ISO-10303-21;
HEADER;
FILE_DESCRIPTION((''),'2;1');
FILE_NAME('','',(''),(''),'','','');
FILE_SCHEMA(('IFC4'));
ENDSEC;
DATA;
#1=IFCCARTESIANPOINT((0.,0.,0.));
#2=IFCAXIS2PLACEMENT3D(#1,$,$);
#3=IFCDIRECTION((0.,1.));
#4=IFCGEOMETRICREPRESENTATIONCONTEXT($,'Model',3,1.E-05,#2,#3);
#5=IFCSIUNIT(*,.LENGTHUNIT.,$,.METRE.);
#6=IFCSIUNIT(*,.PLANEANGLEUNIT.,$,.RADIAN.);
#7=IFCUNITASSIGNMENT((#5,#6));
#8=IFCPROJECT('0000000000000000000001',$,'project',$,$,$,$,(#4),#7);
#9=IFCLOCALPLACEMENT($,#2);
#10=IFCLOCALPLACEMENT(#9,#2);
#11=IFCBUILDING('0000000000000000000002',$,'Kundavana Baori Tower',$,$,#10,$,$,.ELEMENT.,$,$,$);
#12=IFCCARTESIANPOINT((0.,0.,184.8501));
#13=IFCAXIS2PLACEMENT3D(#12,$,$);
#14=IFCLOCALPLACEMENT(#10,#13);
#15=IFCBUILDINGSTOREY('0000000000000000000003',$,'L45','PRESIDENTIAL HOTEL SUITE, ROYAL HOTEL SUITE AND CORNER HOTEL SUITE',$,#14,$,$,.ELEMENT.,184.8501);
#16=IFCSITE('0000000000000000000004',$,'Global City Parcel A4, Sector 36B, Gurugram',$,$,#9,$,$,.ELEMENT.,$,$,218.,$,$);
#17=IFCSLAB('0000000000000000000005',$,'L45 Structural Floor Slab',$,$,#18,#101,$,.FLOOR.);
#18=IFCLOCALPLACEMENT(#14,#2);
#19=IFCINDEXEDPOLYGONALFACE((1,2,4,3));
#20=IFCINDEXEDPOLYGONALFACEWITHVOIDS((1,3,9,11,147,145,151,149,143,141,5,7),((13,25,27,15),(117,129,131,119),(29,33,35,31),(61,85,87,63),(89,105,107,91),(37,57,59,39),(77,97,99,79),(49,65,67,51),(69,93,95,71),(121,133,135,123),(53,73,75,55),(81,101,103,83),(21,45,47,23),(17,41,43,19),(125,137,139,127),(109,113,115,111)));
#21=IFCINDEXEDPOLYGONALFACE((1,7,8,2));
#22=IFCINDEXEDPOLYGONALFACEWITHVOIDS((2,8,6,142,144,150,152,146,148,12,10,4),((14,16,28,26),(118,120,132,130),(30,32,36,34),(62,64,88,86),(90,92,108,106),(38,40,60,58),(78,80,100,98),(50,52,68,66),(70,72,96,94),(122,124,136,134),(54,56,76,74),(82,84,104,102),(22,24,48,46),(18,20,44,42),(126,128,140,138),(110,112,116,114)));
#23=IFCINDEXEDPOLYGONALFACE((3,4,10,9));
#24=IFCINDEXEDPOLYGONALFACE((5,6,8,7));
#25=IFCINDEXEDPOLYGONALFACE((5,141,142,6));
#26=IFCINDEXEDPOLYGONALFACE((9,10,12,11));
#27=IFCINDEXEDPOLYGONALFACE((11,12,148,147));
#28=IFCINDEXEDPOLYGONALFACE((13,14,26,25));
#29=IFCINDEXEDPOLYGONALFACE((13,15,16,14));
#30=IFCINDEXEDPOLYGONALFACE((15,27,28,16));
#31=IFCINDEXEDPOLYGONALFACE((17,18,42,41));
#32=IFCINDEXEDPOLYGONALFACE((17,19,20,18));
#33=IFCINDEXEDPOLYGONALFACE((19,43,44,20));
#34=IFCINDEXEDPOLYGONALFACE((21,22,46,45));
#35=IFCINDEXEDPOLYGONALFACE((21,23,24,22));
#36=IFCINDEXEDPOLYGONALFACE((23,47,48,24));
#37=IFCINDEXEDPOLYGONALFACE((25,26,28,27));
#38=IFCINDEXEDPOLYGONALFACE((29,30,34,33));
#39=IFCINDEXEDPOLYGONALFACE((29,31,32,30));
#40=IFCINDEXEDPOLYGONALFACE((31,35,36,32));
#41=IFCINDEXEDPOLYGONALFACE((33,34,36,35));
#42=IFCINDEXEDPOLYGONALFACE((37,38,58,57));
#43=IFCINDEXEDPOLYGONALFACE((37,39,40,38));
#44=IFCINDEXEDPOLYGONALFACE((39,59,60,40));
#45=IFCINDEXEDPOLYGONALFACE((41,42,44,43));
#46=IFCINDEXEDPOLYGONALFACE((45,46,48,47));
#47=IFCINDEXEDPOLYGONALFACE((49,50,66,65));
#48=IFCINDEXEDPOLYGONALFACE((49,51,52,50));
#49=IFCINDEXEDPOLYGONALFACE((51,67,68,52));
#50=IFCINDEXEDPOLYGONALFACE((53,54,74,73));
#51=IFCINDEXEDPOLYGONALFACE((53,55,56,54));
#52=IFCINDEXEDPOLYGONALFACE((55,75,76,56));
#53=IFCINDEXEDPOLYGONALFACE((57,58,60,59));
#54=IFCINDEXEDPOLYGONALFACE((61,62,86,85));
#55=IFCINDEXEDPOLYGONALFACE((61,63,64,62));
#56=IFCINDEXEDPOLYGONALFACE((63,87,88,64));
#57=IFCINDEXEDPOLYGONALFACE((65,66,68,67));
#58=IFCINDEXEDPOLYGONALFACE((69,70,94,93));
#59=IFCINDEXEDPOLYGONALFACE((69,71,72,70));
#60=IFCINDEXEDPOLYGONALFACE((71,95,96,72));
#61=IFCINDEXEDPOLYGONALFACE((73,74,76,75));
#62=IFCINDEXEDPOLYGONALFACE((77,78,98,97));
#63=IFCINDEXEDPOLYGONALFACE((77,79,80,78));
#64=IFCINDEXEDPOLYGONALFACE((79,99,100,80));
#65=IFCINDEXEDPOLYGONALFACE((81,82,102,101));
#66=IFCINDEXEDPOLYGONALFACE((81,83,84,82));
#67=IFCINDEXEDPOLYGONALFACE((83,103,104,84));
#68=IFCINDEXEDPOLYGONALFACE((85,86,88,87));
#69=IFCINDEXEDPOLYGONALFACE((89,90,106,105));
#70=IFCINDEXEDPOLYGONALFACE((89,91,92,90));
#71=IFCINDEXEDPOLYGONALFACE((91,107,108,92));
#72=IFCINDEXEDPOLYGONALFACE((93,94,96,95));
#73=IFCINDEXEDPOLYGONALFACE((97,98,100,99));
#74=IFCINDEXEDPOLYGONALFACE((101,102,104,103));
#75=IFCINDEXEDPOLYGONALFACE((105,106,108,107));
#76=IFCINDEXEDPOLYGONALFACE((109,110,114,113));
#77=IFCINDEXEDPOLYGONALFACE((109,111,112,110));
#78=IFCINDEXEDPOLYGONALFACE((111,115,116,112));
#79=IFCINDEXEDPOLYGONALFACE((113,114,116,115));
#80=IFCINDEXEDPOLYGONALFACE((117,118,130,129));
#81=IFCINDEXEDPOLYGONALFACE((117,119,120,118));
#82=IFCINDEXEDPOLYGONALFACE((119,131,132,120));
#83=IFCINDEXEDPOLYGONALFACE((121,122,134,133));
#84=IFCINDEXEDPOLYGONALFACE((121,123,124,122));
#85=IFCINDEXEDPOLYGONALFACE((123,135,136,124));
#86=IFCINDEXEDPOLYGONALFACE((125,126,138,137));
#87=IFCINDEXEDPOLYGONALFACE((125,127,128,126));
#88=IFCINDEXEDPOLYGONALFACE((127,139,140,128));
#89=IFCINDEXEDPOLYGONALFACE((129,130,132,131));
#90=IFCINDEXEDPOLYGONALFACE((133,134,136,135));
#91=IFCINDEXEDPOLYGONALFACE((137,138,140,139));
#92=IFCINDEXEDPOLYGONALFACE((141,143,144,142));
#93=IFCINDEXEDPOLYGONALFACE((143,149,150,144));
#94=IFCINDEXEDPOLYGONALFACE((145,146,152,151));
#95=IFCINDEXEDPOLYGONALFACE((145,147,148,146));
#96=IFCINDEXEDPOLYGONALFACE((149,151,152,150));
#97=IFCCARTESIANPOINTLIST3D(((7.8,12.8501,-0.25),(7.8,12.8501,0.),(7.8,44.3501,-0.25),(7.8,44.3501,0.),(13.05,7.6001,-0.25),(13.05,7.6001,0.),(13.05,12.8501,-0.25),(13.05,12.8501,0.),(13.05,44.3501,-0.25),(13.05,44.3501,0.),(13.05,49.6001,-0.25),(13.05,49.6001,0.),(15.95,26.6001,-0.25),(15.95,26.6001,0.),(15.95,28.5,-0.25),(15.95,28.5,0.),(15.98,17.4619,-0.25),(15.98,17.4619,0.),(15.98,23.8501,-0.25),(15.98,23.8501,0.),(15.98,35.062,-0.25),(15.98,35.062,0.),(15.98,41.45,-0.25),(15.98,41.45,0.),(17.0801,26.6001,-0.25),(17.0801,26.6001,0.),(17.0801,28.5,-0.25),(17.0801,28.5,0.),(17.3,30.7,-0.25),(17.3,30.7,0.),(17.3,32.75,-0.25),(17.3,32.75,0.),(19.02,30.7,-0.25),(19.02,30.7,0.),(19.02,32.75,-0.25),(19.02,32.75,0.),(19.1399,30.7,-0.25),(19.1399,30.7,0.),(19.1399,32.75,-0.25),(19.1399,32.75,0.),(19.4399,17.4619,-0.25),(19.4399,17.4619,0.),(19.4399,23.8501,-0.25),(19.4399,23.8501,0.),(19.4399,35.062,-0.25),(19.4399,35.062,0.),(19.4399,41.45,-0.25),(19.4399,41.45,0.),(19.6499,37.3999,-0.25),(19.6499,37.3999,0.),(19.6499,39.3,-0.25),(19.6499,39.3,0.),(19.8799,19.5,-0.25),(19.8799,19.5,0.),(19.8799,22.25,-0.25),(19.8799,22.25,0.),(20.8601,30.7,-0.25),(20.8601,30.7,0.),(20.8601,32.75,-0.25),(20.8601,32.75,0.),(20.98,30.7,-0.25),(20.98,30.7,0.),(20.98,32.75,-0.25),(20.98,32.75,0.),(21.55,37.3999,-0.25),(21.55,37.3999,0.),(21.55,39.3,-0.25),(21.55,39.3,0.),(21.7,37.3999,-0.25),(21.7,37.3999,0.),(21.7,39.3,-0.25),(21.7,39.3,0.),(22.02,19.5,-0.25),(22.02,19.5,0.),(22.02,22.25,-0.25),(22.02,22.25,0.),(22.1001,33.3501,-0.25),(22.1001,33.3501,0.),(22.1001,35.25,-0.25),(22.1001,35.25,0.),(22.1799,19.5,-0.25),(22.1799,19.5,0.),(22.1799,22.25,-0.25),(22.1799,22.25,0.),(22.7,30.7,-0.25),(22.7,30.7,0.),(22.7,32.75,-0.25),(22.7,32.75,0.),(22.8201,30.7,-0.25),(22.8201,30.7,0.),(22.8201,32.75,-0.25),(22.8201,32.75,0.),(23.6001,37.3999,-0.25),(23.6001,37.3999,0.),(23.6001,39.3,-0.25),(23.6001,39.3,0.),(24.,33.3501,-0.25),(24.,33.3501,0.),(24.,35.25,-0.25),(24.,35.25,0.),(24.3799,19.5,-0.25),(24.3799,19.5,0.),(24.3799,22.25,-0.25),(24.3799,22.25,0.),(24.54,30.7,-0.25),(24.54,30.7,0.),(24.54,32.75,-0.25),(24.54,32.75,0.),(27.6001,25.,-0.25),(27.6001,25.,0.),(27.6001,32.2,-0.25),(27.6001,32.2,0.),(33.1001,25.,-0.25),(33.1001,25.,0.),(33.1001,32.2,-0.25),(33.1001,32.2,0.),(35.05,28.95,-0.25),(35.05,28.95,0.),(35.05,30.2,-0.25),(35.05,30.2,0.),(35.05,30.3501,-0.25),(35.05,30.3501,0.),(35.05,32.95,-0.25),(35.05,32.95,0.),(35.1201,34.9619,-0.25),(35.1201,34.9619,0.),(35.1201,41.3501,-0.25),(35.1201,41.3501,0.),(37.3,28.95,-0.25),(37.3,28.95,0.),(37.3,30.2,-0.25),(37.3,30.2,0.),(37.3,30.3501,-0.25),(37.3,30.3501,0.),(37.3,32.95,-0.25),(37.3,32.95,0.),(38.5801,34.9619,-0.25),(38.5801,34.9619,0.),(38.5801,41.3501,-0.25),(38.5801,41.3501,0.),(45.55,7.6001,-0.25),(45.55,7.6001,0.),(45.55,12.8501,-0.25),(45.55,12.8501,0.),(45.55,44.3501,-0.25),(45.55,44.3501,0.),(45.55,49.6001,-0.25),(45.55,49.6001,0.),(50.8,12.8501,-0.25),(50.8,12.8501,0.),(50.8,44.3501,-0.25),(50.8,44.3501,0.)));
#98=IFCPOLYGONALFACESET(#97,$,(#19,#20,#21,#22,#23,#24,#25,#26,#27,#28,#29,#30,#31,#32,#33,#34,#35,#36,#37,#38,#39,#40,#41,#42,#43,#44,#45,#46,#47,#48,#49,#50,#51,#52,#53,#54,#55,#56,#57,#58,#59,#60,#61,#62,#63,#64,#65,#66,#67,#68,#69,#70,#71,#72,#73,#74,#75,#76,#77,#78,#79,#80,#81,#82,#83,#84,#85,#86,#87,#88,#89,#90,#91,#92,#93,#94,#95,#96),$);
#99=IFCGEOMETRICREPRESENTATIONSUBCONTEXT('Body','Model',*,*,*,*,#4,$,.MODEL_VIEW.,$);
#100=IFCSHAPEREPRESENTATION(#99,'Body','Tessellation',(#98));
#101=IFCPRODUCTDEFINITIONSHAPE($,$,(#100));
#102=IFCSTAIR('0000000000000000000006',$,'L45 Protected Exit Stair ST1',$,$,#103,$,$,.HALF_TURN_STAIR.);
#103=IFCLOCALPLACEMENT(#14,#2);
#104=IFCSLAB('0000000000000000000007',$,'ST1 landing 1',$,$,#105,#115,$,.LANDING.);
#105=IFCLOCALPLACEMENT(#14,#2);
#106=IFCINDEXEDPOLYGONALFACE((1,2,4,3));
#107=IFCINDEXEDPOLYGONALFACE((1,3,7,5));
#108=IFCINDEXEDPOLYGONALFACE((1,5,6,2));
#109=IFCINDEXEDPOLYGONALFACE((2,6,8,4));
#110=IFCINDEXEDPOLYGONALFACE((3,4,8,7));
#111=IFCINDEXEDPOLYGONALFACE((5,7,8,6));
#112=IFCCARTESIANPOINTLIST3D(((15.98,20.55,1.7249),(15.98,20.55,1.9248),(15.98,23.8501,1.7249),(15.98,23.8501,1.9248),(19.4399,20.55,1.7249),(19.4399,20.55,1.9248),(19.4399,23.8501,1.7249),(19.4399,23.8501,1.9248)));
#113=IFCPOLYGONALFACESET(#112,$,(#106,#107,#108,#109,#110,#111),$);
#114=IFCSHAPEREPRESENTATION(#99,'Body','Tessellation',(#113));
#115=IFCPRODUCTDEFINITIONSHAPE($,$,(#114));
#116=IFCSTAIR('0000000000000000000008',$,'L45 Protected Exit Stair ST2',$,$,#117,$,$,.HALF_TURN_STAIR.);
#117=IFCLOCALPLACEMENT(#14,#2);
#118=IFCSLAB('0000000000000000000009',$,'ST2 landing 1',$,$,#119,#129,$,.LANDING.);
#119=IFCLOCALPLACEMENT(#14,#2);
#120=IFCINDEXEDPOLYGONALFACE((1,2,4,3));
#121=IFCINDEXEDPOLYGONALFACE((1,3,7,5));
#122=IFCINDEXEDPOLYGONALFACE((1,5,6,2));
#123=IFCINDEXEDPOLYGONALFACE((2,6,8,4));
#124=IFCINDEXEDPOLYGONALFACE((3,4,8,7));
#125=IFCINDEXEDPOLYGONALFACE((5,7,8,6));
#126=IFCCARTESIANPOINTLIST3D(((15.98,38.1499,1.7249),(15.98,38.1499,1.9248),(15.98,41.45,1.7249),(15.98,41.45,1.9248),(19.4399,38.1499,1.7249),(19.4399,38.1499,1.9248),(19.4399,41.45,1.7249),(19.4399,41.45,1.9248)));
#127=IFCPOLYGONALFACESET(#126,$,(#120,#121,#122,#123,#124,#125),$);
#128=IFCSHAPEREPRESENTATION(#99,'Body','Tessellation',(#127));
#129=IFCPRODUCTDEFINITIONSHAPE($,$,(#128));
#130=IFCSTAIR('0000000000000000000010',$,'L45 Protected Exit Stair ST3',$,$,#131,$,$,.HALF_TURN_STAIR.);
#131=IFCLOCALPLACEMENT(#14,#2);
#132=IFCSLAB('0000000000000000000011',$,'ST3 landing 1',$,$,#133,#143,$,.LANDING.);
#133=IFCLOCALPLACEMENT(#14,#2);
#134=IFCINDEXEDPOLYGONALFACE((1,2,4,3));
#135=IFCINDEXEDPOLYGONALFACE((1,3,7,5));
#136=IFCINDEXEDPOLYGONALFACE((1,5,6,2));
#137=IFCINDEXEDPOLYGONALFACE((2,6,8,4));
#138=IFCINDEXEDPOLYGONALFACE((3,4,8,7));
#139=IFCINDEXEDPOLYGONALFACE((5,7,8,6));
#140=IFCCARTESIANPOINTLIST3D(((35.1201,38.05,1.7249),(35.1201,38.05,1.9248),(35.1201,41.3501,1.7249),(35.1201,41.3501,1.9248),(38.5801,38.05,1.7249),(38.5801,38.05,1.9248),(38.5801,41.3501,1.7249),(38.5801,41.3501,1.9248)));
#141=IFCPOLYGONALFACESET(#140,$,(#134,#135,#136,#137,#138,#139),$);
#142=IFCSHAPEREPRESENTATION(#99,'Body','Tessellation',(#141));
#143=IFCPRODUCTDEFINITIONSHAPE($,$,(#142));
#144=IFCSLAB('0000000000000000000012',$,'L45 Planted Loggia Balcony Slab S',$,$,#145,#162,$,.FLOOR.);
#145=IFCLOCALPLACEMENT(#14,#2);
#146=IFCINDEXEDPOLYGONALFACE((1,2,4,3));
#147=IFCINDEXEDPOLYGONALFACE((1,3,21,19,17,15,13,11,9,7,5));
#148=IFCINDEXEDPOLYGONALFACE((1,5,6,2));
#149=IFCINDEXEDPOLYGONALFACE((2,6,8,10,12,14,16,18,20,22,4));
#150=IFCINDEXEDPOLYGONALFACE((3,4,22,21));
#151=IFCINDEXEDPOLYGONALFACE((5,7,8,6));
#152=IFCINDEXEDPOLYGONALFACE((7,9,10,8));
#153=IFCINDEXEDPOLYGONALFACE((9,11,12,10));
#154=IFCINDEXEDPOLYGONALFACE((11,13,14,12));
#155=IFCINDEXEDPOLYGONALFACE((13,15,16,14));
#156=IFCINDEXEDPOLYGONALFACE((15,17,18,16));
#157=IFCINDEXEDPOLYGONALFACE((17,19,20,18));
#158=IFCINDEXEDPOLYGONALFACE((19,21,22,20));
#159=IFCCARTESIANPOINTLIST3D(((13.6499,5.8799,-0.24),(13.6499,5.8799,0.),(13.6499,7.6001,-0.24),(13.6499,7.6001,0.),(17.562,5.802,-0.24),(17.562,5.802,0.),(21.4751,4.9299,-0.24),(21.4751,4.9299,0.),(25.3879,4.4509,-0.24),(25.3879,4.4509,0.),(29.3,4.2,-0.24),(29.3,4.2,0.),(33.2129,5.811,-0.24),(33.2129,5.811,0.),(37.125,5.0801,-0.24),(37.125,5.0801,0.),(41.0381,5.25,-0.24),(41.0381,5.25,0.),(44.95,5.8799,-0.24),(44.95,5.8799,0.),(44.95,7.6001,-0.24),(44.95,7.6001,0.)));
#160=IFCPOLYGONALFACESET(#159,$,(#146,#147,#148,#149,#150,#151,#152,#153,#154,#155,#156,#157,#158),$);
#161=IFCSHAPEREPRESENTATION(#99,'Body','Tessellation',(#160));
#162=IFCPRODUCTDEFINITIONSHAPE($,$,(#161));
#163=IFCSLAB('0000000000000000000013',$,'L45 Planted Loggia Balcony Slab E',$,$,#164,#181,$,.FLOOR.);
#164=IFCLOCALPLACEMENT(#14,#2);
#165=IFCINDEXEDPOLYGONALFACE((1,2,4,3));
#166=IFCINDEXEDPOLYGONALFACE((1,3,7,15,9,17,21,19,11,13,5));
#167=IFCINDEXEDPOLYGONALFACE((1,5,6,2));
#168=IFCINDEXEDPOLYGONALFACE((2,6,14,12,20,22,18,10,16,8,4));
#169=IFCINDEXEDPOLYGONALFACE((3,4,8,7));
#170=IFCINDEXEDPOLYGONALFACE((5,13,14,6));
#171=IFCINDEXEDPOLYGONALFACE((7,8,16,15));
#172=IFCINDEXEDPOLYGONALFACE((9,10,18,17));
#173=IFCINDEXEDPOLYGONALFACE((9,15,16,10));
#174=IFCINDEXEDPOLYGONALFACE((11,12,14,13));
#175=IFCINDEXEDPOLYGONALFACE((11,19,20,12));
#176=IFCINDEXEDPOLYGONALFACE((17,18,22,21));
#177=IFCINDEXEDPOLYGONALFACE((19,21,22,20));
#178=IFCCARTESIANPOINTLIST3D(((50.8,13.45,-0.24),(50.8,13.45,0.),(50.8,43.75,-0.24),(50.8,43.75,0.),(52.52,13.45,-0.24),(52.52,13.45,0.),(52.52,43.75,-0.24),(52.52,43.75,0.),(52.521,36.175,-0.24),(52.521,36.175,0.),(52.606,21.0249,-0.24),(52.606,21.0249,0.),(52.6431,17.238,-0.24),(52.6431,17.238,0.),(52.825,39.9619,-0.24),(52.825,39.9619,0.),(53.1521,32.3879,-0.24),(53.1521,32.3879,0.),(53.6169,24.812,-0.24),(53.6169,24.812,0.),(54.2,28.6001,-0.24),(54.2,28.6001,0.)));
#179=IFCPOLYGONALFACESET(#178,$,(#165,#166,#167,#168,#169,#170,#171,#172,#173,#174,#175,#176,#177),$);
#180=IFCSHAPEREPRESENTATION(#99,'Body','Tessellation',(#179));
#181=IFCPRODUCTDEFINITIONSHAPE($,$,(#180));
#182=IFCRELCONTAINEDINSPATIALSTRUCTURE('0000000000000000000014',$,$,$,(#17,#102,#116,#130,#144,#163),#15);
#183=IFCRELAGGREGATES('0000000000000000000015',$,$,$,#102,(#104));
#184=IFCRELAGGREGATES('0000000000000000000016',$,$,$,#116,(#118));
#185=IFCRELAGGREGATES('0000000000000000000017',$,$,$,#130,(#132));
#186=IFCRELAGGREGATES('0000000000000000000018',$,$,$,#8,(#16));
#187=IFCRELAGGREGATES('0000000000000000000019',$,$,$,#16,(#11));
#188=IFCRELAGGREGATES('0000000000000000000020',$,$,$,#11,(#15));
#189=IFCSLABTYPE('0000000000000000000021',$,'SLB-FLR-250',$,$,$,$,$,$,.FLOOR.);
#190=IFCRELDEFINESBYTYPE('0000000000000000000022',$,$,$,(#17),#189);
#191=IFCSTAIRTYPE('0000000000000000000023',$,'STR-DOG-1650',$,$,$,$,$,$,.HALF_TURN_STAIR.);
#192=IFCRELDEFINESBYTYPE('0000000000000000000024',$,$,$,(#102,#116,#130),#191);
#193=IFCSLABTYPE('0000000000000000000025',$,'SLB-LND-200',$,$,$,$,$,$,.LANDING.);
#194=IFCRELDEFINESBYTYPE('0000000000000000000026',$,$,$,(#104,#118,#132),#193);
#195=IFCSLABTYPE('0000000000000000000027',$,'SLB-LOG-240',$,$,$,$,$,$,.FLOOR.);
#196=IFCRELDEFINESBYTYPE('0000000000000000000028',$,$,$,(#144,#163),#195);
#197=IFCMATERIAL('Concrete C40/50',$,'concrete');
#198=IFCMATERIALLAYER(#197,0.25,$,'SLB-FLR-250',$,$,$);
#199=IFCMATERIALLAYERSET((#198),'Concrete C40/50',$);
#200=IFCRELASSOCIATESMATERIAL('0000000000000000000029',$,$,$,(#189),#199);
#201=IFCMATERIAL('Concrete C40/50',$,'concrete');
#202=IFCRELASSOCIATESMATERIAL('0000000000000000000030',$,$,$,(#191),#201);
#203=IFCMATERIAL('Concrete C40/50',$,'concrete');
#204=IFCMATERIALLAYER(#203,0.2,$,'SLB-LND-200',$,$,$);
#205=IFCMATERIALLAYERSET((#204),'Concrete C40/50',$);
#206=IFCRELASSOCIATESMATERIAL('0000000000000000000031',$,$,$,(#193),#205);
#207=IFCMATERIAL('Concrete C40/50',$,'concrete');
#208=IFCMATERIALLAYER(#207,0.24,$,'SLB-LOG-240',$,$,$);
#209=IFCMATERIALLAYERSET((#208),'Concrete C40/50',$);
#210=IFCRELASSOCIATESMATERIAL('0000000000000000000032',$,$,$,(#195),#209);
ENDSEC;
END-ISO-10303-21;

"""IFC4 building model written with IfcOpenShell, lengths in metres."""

from ifc_helpers import new_model, si_unit, direction, frame, origin, place, context, subcontext, project, spatial, polyline, outline, extrude, material, layer, layer_set, type_object, element, aggregate, save


model = new_model("IFC4")

# Units and contexts
model_context = context("Model", 3, precision=1e-05, world=origin(), true_north=direction((0.0, 1.0)))
body_context = subcontext(model_context, "Body", "Model", "MODEL_VIEW")
ifc_project = project(units=[si_unit("LENGTHUNIT", "METRE"), si_unit("PLANEANGLEUNIT", "RADIAN")], contexts=[model_context])

# Site, building, storey
site_placement = place(None, origin())
site = spatial("IfcSite", under=ifc_project, at=site_placement, Name="Global City Parcel A4, Sector 36B, Gurugram", CompositionType="ELEMENT", RefElevation=218.0)
building_placement = place(site_placement, origin())
building = spatial("IfcBuilding", under=site, at=building_placement, Name="Kundavana Baori Tower", CompositionType="ELEMENT")
storey_placement = place(building_placement, frame((0.0, 0.0, 184.8501)))
storey = spatial("IfcBuildingStorey", under=building, at=storey_placement, Name="L45", Description="PRESIDENTIAL HOTEL SUITE, ROYAL HOTEL SUITE AND CORNER HOTEL SUITE", CompositionType="ELEMENT", Elevation=184.8501)

# Slab
ifc_material_1 = material(Name="Concrete C40/50", Category="concrete")
ifc_layer_1 = layer(ifc_material_1, 0.25, Name="SLB-FLR-250")
ifc_layer_set_1 = layer_set([ifc_layer_1], Name="Concrete C40/50")
slab_type_1 = type_object("IfcSlabType", Name="SLB-FLR-250", PredefinedType="FLOOR", material=ifc_layer_set_1)
slab_1_placement = place(storey_placement, frame((0.0, 0.0, -0.25)))
element("IfcSlab", 1, at=slab_1_placement, inside=storey, type_object=slab_type_1, Name="L45 Structural Floor Slab", PredefinedType="FLOOR", context=body_context, shape_type="SweptSolid", body=[
    extrude(outline(polyline([(13.05, 7.6001), (45.55, 7.6001), (45.55, 12.8501), (50.8, 12.8501), (50.8, 44.3501), (45.55, 44.3501), (45.55, 49.6001), (13.05, 49.6001), (13.05, 44.3501), (7.8, 44.3501), (7.8, 12.8501), (13.05, 12.8501), (13.05, 7.6001)]), holes=[polyline([(19.4399, 17.4619), (19.4399, 23.8501), (15.98, 23.8501), (15.98, 17.4619), (19.4399, 17.4619)]), polyline([(19.4399, 35.062), (19.4399, 41.45), (15.98, 41.45), (15.98, 35.062), (19.4399, 35.062)]), polyline([(38.5801, 34.9619), (38.5801, 41.3501), (35.1201, 41.3501), (35.1201, 34.9619), (38.5801, 34.9619)]), polyline([(17.3, 30.7), (19.02, 30.7), (19.02, 32.75), (17.3, 32.75), (17.3, 30.7)]), polyline([(19.1399, 30.7), (20.8601, 30.7), (20.8601, 32.75), (19.1399, 32.75), (19.1399, 30.7)]), polyline([(20.98, 30.7), (22.7, 30.7), (22.7, 32.75), (20.98, 32.75), (20.98, 30.7)]), polyline([(22.8201, 30.7), (24.54, 30.7), (24.54, 32.75), (22.8201, 32.75), (22.8201, 30.7)]), polyline([(19.6499, 37.3999), (21.55, 37.3999), (21.55, 39.3), (19.6499, 39.3), (19.6499, 37.3999)]), polyline([(21.7, 37.3999), (23.6001, 37.3999), (23.6001, 39.3), (21.7, 39.3), (21.7, 37.3999)]), polyline([(22.1001, 33.3501), (24.0, 33.3501), (24.0, 35.25), (22.1001, 35.25), (22.1001, 33.3501)]), polyline([(19.8799, 19.5), (22.02, 19.5), (22.02, 22.25), (19.8799, 22.25), (19.8799, 19.5)]), polyline([(22.1799, 19.5), (24.3799, 19.5), (24.3799, 22.25), (22.1799, 22.25), (22.1799, 19.5)]), polyline([(35.05, 30.3501), (37.3, 30.3501), (37.3, 32.95), (35.05, 32.95), (35.05, 30.3501)]), polyline([(15.95, 26.6001), (17.0801, 26.6001), (17.0801, 28.5), (15.95, 28.5), (15.95, 26.6001)]), polyline([(35.05, 28.95), (37.3, 28.95), (37.3, 30.2), (35.05, 30.2), (35.05, 28.95)]), polyline([(27.6001, 25.0), (33.1001, 25.0), (33.1001, 32.2), (27.6001, 32.2), (27.6001, 25.0)])]), origin(), (0.0, 0.0, 1.0), 0.25),
])

# Stairs, slabs
ifc_material_2 = material(Name="Concrete C40/50", Category="concrete")
stair_type = type_object("IfcStairType", Name="STR-DOG-1650", PredefinedType="HALF_TURN_STAIR", material=ifc_material_2)
stair_1_placement = place(storey_placement, origin())
stair_1 = element("IfcStair", 2, at=stair_1_placement, inside=storey, type_object=stair_type, Name="L45 Protected Exit Stair ST1", PredefinedType="HALF_TURN_STAIR")
ifc_material_3 = material(Name="Concrete C40/50", Category="concrete")
ifc_layer_2 = layer(ifc_material_3, 0.2, Name="SLB-LND-200")
ifc_layer_set_2 = layer_set([ifc_layer_2], Name="Concrete C40/50")
slab_type_2 = type_object("IfcSlabType", Name="SLB-LND-200", PredefinedType="LANDING", material=ifc_layer_set_2)
slab_2_placement = place(storey_placement, frame((0.0, 0.0, 1.7249)))
slab_2 = element("IfcSlab", 3, at=slab_2_placement, type_object=slab_type_2, Name="ST1 landing 1", PredefinedType="LANDING", context=body_context, shape_type="SweptSolid", body=[
    extrude(outline(polyline([(19.4399, 20.55), (19.4399, 23.8501), (15.98, 23.8501), (15.98, 20.55), (19.4399, 20.55)])), origin(), (0.0, 0.0, 1.0), 0.2),
])
aggregate(stair_1, [slab_2])
stair_2_placement = place(storey_placement, origin())
stair_2 = element("IfcStair", 4, at=stair_2_placement, inside=storey, type_object=stair_type, Name="L45 Protected Exit Stair ST2", PredefinedType="HALF_TURN_STAIR")
slab_3_placement = place(storey_placement, frame((0.0, 0.0, 1.7249)))
slab_3 = element("IfcSlab", 5, at=slab_3_placement, type_object=slab_type_2, Name="ST2 landing 1", PredefinedType="LANDING", context=body_context, shape_type="SweptSolid", body=[
    extrude(outline(polyline([(19.4399, 38.1499), (19.4399, 41.45), (15.98, 41.45), (15.98, 38.1499), (19.4399, 38.1499)])), origin(), (0.0, 0.0, 1.0), 0.2),
])
aggregate(stair_2, [slab_3])
stair_3_placement = place(storey_placement, origin())
stair_3 = element("IfcStair", 6, at=stair_3_placement, inside=storey, type_object=stair_type, Name="L45 Protected Exit Stair ST3", PredefinedType="HALF_TURN_STAIR")
slab_4_placement = place(storey_placement, frame((0.0, 0.0, 1.7249)))
slab_4 = element("IfcSlab", 7, at=slab_4_placement, type_object=slab_type_2, Name="ST3 landing 1", PredefinedType="LANDING", context=body_context, shape_type="SweptSolid", body=[
    extrude(outline(polyline([(38.5801, 38.05), (38.5801, 41.3501), (35.1201, 41.3501), (35.1201, 38.05), (38.5801, 38.05)])), origin(), (0.0, 0.0, 1.0), 0.2),
])
aggregate(stair_3, [slab_4])

# Slabs
ifc_material_4 = material(Name="Concrete C40/50", Category="concrete")
ifc_layer_3 = layer(ifc_material_4, 0.24, Name="SLB-LOG-240")
ifc_layer_set_3 = layer_set([ifc_layer_3], Name="Concrete C40/50")
slab_type_3 = type_object("IfcSlabType", Name="SLB-LOG-240", PredefinedType="FLOOR", material=ifc_layer_set_3)
slab_5_placement = place(storey_placement, frame((0.0, 0.0, -0.24)))
element("IfcSlab", 8, at=slab_5_placement, inside=storey, type_object=slab_type_3, Name="L45 Planted Loggia Balcony Slab S", PredefinedType="FLOOR", context=body_context, shape_type="SweptSolid", body=[
    extrude(outline(polyline([(13.6499, 7.6001), (44.95, 7.6001), (44.95, 5.8799), (41.0381, 5.25), (37.125, 5.0801), (33.2129, 5.811), (29.3, 4.2), (25.3879, 4.4509), (21.4751, 4.9299), (17.562, 5.802), (13.6499, 5.8799), (13.6499, 7.6001)])), origin(), (0.0, 0.0, 1.0), 0.24),
])
slab_6_placement = place(storey_placement, frame((0.0, 0.0, -0.24)))
element("IfcSlab", 9, at=slab_6_placement, inside=storey, type_object=slab_type_3, Name="L45 Planted Loggia Balcony Slab E", PredefinedType="FLOOR", context=body_context, shape_type="SweptSolid", body=[
    extrude(outline(polyline([(50.8, 13.45), (50.8, 43.75), (52.52, 43.75), (52.825, 39.9619), (52.521, 36.175), (53.1521, 32.3879), (54.2, 28.6001), (53.6169, 24.812), (52.606, 21.0249), (52.6431, 17.238), (52.52, 13.45), (50.8, 13.45)])), origin(), (0.0, 0.0, 1.0), 0.24),
])

save(model, "model.ifc")
